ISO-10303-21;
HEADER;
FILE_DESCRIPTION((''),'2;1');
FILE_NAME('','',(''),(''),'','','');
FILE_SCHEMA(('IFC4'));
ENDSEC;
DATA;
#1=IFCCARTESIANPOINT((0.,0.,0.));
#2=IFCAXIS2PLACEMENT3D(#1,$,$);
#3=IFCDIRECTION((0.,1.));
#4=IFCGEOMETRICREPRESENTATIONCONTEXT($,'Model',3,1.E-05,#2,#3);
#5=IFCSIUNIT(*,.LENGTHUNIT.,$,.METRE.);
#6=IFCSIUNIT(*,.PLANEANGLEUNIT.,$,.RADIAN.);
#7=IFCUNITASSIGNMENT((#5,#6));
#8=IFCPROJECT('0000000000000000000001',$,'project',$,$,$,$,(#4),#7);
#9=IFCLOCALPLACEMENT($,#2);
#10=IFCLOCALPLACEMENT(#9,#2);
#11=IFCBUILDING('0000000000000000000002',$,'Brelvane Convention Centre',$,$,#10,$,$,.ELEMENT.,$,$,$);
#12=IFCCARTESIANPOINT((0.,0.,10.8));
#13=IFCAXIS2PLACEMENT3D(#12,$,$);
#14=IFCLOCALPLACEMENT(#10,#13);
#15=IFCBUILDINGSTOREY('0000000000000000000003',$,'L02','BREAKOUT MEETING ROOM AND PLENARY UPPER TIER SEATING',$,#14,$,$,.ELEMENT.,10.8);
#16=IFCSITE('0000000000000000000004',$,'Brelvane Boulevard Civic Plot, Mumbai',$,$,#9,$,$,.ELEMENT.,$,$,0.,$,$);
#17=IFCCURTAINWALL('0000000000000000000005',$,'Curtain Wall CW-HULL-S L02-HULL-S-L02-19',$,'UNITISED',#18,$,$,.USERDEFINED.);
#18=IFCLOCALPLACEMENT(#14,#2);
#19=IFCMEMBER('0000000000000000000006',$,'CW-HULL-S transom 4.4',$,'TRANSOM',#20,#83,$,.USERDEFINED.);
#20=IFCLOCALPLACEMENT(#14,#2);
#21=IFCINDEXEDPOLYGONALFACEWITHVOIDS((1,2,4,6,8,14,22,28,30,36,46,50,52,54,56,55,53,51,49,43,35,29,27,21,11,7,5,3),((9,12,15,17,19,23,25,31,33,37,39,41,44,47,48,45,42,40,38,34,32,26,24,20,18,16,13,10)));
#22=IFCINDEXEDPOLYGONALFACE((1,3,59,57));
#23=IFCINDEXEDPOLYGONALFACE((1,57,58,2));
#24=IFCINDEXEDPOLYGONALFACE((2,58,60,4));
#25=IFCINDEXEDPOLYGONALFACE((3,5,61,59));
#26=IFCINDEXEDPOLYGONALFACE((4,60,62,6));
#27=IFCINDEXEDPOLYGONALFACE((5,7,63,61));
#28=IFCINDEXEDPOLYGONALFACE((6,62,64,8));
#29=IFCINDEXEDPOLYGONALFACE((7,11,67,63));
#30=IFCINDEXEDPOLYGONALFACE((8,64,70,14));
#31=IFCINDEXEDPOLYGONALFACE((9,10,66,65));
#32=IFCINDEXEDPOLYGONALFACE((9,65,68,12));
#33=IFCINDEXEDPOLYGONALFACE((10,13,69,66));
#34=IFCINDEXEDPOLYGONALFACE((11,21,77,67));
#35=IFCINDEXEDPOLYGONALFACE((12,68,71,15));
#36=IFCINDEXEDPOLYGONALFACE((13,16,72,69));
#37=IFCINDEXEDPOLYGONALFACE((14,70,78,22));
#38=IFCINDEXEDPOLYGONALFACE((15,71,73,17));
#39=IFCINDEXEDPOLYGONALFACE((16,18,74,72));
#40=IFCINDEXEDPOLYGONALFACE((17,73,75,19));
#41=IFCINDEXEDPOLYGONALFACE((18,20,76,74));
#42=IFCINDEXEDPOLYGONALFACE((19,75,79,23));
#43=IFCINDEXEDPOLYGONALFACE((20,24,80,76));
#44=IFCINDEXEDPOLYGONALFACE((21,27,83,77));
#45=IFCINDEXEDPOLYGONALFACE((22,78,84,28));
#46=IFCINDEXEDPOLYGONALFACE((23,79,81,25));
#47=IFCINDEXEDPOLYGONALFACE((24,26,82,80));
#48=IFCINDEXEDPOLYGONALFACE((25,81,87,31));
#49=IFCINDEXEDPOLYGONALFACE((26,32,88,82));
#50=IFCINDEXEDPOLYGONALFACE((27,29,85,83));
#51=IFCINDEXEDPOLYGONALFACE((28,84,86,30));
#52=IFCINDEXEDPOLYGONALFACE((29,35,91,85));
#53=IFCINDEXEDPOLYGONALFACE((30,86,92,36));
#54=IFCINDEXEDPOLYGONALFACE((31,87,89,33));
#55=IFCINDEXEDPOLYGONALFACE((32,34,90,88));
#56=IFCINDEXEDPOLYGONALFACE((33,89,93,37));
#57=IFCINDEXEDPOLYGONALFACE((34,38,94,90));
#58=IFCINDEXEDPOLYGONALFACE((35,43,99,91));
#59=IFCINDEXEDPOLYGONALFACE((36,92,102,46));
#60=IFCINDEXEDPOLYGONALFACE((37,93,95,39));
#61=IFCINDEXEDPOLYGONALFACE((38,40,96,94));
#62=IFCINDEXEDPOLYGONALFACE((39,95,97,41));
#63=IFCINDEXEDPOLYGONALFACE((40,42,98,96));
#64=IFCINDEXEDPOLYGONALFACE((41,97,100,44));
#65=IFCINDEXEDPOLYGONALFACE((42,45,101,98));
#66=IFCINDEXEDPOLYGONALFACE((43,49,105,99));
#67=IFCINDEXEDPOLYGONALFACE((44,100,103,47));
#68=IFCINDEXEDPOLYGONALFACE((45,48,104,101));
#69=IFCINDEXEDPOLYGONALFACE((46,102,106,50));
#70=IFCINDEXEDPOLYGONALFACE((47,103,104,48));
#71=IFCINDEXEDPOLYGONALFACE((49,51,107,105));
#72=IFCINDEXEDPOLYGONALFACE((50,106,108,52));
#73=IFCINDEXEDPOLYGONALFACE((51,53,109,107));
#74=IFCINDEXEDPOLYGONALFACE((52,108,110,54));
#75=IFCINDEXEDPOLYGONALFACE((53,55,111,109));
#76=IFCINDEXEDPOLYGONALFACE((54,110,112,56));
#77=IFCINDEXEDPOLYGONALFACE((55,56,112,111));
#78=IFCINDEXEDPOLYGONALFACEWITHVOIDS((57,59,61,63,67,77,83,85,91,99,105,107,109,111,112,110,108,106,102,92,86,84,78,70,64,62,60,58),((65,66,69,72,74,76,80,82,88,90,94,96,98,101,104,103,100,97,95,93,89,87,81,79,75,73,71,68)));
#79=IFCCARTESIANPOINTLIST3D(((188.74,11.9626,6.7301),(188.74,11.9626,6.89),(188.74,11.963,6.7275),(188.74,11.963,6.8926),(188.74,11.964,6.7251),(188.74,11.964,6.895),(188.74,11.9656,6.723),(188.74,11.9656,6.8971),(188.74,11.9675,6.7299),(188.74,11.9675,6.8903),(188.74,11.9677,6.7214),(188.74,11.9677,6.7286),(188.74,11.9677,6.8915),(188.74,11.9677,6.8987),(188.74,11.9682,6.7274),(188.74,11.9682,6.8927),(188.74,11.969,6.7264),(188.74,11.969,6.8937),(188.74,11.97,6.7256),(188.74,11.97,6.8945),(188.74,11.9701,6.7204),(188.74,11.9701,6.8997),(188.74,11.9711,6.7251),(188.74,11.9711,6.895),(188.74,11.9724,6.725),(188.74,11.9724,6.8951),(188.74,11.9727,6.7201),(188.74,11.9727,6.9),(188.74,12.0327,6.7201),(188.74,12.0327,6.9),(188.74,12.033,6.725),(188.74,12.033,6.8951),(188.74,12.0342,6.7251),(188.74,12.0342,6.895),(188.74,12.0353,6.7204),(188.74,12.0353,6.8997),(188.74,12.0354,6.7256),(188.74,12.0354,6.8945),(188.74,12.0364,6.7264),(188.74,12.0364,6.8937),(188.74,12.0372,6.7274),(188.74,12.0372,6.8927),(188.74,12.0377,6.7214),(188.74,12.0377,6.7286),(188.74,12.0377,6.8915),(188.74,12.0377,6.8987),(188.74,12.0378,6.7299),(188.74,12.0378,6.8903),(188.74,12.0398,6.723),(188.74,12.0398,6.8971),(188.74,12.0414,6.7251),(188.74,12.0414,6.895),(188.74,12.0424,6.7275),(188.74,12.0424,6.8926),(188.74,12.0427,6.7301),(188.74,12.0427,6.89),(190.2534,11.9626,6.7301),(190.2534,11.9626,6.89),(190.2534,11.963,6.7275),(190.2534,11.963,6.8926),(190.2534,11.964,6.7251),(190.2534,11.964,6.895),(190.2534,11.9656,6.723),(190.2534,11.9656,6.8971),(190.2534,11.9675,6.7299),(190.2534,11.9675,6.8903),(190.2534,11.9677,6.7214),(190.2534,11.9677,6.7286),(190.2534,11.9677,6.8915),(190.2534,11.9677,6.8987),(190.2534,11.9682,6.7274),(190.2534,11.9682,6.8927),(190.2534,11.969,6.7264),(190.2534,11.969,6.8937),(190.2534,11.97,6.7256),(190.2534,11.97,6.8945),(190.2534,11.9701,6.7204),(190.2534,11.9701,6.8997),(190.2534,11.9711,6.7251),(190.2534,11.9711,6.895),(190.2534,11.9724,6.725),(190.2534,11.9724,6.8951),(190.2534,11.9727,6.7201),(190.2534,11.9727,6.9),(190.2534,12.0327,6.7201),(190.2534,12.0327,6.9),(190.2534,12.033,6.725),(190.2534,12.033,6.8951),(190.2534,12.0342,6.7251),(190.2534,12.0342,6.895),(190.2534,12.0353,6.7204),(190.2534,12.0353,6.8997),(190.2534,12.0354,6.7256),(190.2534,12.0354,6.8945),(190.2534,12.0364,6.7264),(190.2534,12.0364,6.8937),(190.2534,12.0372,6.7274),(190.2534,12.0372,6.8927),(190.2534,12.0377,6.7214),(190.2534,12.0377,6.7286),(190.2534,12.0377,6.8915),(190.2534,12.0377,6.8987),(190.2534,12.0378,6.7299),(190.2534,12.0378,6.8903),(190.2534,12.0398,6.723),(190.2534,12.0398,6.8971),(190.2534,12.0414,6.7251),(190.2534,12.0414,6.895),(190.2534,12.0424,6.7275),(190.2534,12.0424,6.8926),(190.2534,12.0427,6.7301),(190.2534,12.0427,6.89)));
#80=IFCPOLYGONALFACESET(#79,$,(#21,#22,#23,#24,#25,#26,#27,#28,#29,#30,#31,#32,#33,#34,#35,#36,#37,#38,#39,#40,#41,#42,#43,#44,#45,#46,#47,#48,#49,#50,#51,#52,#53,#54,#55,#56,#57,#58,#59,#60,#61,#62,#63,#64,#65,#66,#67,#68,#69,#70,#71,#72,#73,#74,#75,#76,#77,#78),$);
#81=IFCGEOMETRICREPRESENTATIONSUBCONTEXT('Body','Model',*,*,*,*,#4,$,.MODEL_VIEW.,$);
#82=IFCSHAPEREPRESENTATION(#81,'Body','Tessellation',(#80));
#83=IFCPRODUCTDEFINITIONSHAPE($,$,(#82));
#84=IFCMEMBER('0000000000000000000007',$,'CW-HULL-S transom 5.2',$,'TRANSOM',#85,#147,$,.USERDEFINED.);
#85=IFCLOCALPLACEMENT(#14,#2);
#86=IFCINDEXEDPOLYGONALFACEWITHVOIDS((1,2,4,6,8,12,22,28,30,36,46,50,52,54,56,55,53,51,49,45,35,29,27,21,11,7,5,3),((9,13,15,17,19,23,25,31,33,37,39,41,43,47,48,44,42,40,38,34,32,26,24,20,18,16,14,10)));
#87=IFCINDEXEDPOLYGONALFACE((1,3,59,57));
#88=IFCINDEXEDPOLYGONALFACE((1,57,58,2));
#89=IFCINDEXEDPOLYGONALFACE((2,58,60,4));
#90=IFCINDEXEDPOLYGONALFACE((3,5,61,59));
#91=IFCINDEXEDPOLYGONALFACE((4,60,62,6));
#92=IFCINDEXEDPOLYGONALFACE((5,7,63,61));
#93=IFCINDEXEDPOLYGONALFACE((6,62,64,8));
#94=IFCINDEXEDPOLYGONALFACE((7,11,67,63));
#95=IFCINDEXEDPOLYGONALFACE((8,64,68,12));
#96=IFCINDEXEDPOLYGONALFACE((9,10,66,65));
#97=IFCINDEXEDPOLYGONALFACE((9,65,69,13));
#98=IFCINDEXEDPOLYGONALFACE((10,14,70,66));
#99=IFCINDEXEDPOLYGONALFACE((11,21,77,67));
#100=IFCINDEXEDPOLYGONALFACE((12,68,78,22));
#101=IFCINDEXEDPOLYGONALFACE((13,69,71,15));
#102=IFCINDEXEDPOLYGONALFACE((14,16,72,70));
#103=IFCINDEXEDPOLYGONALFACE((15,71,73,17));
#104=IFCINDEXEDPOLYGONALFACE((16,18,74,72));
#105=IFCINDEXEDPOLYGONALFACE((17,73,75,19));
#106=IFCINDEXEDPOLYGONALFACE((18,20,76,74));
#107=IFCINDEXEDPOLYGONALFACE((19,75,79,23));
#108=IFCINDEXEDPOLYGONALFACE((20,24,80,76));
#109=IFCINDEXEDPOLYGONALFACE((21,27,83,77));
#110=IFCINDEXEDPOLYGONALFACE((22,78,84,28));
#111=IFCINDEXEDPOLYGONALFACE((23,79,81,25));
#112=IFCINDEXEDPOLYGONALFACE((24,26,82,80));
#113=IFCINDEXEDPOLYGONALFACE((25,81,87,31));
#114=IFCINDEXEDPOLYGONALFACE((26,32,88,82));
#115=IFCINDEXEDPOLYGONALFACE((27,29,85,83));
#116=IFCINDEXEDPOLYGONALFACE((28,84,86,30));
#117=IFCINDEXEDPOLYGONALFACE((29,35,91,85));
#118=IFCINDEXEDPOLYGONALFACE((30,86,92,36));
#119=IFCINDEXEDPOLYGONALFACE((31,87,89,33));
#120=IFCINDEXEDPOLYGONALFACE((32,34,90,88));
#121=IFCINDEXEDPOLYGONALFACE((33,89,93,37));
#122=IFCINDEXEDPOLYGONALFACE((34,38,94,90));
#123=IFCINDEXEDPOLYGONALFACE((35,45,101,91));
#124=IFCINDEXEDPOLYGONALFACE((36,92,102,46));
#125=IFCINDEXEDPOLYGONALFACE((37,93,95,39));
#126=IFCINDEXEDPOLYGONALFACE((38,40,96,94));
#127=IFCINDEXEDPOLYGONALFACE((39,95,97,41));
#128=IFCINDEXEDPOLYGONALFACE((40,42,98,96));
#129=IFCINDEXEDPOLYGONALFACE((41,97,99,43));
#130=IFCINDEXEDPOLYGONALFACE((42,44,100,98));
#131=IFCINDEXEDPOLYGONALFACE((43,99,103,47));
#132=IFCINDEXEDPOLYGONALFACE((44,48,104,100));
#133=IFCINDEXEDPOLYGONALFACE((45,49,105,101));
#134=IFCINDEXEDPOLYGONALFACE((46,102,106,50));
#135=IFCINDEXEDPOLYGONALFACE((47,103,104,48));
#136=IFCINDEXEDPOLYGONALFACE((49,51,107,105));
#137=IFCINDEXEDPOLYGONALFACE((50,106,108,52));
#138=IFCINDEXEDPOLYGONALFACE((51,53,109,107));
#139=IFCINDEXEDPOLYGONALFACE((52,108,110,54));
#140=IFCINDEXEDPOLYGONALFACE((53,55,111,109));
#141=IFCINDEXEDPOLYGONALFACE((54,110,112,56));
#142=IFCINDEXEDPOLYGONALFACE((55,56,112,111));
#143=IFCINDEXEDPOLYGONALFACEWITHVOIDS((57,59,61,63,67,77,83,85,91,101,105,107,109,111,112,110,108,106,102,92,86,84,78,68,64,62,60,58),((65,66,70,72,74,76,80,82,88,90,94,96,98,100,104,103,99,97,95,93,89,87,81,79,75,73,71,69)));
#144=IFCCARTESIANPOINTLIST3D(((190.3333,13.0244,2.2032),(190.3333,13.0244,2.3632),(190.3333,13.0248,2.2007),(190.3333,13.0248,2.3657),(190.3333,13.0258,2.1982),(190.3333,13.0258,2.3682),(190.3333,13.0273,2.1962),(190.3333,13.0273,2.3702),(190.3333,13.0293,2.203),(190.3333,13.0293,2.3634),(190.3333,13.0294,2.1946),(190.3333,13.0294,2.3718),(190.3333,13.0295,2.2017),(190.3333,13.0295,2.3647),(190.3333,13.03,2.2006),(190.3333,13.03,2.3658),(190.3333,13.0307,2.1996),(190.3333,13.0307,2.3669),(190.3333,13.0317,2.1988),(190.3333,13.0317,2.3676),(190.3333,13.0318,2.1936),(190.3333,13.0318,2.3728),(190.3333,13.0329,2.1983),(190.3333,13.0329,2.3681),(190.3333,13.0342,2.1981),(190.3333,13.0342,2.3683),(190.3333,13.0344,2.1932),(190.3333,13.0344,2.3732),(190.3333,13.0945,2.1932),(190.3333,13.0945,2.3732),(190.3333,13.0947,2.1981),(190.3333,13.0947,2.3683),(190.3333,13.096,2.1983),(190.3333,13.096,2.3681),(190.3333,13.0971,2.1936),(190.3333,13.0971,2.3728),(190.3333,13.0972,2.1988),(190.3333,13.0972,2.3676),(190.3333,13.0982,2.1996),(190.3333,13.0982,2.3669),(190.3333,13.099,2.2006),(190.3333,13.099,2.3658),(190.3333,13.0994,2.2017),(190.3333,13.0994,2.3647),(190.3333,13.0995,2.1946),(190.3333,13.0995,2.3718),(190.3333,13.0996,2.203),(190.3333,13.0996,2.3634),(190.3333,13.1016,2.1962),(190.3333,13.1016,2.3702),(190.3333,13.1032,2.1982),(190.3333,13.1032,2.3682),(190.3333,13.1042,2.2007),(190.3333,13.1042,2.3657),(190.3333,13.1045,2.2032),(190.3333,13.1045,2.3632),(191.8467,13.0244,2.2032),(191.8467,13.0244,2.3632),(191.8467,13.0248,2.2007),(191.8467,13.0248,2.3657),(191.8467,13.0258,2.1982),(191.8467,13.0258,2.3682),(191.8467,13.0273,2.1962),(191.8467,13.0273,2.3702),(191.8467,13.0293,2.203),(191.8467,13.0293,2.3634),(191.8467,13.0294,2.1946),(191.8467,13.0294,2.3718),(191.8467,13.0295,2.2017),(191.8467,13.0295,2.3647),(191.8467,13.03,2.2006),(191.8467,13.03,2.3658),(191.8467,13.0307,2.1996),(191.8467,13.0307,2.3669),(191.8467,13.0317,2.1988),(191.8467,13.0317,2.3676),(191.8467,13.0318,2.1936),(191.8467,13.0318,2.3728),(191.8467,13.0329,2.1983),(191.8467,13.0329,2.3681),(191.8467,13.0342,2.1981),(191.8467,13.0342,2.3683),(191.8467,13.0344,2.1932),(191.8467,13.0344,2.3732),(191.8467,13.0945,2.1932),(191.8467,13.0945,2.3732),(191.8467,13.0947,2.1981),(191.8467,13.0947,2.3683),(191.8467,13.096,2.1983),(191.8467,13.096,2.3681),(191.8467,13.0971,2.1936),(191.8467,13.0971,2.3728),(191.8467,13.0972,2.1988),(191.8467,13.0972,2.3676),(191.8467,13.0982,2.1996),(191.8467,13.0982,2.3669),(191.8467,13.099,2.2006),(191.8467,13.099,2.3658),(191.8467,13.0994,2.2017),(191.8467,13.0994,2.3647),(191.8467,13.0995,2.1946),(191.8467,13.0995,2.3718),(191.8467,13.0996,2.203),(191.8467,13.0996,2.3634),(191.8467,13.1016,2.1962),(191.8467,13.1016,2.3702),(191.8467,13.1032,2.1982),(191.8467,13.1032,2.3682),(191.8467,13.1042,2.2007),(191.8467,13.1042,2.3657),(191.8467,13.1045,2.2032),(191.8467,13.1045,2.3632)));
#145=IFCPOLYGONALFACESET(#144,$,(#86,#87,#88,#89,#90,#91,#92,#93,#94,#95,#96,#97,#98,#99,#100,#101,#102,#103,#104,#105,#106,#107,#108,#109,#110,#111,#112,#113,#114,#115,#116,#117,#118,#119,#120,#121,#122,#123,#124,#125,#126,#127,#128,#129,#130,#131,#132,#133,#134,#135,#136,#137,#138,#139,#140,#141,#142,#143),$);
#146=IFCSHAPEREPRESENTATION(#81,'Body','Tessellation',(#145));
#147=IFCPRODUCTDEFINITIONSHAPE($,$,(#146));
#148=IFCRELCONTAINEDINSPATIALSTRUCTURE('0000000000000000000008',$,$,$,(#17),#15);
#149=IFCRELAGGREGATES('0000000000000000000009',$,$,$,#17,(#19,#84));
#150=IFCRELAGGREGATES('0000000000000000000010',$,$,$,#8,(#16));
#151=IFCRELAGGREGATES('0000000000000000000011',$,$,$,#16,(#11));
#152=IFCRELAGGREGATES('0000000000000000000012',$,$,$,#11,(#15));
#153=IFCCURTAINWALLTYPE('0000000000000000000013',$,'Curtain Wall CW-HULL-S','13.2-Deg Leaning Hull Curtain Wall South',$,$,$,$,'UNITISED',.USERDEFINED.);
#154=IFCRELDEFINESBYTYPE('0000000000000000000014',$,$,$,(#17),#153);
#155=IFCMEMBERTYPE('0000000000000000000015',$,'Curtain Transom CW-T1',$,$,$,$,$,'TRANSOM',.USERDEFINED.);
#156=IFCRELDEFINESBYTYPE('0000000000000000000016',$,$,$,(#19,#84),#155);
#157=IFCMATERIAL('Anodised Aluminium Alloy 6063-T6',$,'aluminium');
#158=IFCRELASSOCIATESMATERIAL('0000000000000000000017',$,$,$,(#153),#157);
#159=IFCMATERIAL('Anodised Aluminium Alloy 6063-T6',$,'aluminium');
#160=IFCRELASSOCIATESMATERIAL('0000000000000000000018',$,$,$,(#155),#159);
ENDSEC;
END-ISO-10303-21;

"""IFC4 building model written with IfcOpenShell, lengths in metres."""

from ifc_helpers import new_model, si_unit, direction, frame, origin, origin_2d, place, context, subcontext, project, spatial, hollow_rectangle, extrude, material, material_profile, profile_set, type_object, element, aggregate, save


model = new_model("IFC4")

# Units and contexts
model_context = context("Model", 3, precision=1e-05, world=origin(), true_north=direction((0.0, 1.0)))
body_context = subcontext(model_context, "Body", "Model", "MODEL_VIEW")
ifc_project = project(units=[si_unit("LENGTHUNIT", "METRE"), si_unit("PLANEANGLEUNIT", "RADIAN")], contexts=[model_context])

# Site, building, storey
site_placement = place(None, origin())
site = spatial("IfcSite", under=ifc_project, at=site_placement, Name="Brelvane Boulevard Civic Plot, Mumbai", CompositionType="ELEMENT", RefElevation=0.0)
building_placement = place(site_placement, origin())
building = spatial("IfcBuilding", under=site, at=building_placement, Name="Brelvane Convention Centre", CompositionType="ELEMENT")
storey_placement = place(building_placement, frame((0.0, 0.0, 10.8)))
storey = spatial("IfcBuildingStorey", under=building, at=storey_placement, Name="L02", Description="BREAKOUT MEETING ROOM AND PLENARY UPPER TIER SEATING", CompositionType="ELEMENT", Elevation=10.8)

# Curtain wall, members
ifc_material_1 = material(Name="Anodised Aluminium Alloy 6063-T6", Category="aluminium")
curtain_wall_type = type_object("IfcCurtainWallType", Name="Curtain Wall CW-HULL-S", Description="13.2-Deg Leaning Hull Curtain Wall South", ElementType="UNITISED", PredefinedType="USERDEFINED", material=ifc_material_1)
curtain_wall_1_placement = place(storey_placement, origin())
curtain_wall_1 = element("IfcCurtainWall", 1, at=curtain_wall_1_placement, inside=storey, type_object=curtain_wall_type, Name="Curtain Wall CW-HULL-S L02-HULL-S-L02-19", ObjectType="UNITISED", PredefinedType="USERDEFINED")
ifc_material_2 = material(Name="Anodised Aluminium Alloy 6063-T6", Category="aluminium")
ifc_material_profile = material_profile(ifc_material_2, hollow_rectangle(XDim=0.0801, YDim=0.1799, WallThickness=0.0049, InnerFilletRadius=0.0049, OuterFilletRadius=0.01, at=origin_2d()), Name="ALU-T 180x80x5.0")
ifc_profile_set = profile_set([ifc_material_profile], Name="Anodised Aluminium Alloy 6063-T6")
member_type = type_object("IfcMemberType", Name="Curtain Transom CW-T1", ElementType="TRANSOM", PredefinedType="USERDEFINED", material=ifc_profile_set)
member_1_placement = place(storey_placement, frame((188.74, 12.0027, 6.8101), z_axis=(1.0, 0.0, 0.0), x_axis=(0.0, 1.0, 0.0)))
member_1 = element("IfcMember", 2, at=member_1_placement, type_object=member_type, Name="CW-HULL-S transom 4.4", ObjectType="TRANSOM", PredefinedType="USERDEFINED", context=body_context, shape_type="SweptSolid", body=[
    extrude(hollow_rectangle(XDim=0.0801, YDim=0.1799, WallThickness=0.0049, InnerFilletRadius=0.0049, OuterFilletRadius=0.01, at=origin_2d()), origin(), (0.0, 0.0, 1.0), 1.5134),
])
member_2_placement = place(storey_placement, frame((190.3333, 13.0645, 2.2832), z_axis=(1.0, 0.0, 0.0), x_axis=(0.0, 1.0, 0.0)))
member_2 = element("IfcMember", 3, at=member_2_placement, type_object=member_type, Name="CW-HULL-S transom 5.2", ObjectType="TRANSOM", PredefinedType="USERDEFINED", context=body_context, shape_type="SweptSolid", body=[
    extrude(hollow_rectangle(XDim=0.0801, YDim=0.1799, WallThickness=0.0049, InnerFilletRadius=0.0049, OuterFilletRadius=0.01, at=origin_2d()), origin(), (0.0, 0.0, 1.0), 1.5134),
])

aggregate(curtain_wall_1, [member_1, member_2])

save(model, "model.ifc")
